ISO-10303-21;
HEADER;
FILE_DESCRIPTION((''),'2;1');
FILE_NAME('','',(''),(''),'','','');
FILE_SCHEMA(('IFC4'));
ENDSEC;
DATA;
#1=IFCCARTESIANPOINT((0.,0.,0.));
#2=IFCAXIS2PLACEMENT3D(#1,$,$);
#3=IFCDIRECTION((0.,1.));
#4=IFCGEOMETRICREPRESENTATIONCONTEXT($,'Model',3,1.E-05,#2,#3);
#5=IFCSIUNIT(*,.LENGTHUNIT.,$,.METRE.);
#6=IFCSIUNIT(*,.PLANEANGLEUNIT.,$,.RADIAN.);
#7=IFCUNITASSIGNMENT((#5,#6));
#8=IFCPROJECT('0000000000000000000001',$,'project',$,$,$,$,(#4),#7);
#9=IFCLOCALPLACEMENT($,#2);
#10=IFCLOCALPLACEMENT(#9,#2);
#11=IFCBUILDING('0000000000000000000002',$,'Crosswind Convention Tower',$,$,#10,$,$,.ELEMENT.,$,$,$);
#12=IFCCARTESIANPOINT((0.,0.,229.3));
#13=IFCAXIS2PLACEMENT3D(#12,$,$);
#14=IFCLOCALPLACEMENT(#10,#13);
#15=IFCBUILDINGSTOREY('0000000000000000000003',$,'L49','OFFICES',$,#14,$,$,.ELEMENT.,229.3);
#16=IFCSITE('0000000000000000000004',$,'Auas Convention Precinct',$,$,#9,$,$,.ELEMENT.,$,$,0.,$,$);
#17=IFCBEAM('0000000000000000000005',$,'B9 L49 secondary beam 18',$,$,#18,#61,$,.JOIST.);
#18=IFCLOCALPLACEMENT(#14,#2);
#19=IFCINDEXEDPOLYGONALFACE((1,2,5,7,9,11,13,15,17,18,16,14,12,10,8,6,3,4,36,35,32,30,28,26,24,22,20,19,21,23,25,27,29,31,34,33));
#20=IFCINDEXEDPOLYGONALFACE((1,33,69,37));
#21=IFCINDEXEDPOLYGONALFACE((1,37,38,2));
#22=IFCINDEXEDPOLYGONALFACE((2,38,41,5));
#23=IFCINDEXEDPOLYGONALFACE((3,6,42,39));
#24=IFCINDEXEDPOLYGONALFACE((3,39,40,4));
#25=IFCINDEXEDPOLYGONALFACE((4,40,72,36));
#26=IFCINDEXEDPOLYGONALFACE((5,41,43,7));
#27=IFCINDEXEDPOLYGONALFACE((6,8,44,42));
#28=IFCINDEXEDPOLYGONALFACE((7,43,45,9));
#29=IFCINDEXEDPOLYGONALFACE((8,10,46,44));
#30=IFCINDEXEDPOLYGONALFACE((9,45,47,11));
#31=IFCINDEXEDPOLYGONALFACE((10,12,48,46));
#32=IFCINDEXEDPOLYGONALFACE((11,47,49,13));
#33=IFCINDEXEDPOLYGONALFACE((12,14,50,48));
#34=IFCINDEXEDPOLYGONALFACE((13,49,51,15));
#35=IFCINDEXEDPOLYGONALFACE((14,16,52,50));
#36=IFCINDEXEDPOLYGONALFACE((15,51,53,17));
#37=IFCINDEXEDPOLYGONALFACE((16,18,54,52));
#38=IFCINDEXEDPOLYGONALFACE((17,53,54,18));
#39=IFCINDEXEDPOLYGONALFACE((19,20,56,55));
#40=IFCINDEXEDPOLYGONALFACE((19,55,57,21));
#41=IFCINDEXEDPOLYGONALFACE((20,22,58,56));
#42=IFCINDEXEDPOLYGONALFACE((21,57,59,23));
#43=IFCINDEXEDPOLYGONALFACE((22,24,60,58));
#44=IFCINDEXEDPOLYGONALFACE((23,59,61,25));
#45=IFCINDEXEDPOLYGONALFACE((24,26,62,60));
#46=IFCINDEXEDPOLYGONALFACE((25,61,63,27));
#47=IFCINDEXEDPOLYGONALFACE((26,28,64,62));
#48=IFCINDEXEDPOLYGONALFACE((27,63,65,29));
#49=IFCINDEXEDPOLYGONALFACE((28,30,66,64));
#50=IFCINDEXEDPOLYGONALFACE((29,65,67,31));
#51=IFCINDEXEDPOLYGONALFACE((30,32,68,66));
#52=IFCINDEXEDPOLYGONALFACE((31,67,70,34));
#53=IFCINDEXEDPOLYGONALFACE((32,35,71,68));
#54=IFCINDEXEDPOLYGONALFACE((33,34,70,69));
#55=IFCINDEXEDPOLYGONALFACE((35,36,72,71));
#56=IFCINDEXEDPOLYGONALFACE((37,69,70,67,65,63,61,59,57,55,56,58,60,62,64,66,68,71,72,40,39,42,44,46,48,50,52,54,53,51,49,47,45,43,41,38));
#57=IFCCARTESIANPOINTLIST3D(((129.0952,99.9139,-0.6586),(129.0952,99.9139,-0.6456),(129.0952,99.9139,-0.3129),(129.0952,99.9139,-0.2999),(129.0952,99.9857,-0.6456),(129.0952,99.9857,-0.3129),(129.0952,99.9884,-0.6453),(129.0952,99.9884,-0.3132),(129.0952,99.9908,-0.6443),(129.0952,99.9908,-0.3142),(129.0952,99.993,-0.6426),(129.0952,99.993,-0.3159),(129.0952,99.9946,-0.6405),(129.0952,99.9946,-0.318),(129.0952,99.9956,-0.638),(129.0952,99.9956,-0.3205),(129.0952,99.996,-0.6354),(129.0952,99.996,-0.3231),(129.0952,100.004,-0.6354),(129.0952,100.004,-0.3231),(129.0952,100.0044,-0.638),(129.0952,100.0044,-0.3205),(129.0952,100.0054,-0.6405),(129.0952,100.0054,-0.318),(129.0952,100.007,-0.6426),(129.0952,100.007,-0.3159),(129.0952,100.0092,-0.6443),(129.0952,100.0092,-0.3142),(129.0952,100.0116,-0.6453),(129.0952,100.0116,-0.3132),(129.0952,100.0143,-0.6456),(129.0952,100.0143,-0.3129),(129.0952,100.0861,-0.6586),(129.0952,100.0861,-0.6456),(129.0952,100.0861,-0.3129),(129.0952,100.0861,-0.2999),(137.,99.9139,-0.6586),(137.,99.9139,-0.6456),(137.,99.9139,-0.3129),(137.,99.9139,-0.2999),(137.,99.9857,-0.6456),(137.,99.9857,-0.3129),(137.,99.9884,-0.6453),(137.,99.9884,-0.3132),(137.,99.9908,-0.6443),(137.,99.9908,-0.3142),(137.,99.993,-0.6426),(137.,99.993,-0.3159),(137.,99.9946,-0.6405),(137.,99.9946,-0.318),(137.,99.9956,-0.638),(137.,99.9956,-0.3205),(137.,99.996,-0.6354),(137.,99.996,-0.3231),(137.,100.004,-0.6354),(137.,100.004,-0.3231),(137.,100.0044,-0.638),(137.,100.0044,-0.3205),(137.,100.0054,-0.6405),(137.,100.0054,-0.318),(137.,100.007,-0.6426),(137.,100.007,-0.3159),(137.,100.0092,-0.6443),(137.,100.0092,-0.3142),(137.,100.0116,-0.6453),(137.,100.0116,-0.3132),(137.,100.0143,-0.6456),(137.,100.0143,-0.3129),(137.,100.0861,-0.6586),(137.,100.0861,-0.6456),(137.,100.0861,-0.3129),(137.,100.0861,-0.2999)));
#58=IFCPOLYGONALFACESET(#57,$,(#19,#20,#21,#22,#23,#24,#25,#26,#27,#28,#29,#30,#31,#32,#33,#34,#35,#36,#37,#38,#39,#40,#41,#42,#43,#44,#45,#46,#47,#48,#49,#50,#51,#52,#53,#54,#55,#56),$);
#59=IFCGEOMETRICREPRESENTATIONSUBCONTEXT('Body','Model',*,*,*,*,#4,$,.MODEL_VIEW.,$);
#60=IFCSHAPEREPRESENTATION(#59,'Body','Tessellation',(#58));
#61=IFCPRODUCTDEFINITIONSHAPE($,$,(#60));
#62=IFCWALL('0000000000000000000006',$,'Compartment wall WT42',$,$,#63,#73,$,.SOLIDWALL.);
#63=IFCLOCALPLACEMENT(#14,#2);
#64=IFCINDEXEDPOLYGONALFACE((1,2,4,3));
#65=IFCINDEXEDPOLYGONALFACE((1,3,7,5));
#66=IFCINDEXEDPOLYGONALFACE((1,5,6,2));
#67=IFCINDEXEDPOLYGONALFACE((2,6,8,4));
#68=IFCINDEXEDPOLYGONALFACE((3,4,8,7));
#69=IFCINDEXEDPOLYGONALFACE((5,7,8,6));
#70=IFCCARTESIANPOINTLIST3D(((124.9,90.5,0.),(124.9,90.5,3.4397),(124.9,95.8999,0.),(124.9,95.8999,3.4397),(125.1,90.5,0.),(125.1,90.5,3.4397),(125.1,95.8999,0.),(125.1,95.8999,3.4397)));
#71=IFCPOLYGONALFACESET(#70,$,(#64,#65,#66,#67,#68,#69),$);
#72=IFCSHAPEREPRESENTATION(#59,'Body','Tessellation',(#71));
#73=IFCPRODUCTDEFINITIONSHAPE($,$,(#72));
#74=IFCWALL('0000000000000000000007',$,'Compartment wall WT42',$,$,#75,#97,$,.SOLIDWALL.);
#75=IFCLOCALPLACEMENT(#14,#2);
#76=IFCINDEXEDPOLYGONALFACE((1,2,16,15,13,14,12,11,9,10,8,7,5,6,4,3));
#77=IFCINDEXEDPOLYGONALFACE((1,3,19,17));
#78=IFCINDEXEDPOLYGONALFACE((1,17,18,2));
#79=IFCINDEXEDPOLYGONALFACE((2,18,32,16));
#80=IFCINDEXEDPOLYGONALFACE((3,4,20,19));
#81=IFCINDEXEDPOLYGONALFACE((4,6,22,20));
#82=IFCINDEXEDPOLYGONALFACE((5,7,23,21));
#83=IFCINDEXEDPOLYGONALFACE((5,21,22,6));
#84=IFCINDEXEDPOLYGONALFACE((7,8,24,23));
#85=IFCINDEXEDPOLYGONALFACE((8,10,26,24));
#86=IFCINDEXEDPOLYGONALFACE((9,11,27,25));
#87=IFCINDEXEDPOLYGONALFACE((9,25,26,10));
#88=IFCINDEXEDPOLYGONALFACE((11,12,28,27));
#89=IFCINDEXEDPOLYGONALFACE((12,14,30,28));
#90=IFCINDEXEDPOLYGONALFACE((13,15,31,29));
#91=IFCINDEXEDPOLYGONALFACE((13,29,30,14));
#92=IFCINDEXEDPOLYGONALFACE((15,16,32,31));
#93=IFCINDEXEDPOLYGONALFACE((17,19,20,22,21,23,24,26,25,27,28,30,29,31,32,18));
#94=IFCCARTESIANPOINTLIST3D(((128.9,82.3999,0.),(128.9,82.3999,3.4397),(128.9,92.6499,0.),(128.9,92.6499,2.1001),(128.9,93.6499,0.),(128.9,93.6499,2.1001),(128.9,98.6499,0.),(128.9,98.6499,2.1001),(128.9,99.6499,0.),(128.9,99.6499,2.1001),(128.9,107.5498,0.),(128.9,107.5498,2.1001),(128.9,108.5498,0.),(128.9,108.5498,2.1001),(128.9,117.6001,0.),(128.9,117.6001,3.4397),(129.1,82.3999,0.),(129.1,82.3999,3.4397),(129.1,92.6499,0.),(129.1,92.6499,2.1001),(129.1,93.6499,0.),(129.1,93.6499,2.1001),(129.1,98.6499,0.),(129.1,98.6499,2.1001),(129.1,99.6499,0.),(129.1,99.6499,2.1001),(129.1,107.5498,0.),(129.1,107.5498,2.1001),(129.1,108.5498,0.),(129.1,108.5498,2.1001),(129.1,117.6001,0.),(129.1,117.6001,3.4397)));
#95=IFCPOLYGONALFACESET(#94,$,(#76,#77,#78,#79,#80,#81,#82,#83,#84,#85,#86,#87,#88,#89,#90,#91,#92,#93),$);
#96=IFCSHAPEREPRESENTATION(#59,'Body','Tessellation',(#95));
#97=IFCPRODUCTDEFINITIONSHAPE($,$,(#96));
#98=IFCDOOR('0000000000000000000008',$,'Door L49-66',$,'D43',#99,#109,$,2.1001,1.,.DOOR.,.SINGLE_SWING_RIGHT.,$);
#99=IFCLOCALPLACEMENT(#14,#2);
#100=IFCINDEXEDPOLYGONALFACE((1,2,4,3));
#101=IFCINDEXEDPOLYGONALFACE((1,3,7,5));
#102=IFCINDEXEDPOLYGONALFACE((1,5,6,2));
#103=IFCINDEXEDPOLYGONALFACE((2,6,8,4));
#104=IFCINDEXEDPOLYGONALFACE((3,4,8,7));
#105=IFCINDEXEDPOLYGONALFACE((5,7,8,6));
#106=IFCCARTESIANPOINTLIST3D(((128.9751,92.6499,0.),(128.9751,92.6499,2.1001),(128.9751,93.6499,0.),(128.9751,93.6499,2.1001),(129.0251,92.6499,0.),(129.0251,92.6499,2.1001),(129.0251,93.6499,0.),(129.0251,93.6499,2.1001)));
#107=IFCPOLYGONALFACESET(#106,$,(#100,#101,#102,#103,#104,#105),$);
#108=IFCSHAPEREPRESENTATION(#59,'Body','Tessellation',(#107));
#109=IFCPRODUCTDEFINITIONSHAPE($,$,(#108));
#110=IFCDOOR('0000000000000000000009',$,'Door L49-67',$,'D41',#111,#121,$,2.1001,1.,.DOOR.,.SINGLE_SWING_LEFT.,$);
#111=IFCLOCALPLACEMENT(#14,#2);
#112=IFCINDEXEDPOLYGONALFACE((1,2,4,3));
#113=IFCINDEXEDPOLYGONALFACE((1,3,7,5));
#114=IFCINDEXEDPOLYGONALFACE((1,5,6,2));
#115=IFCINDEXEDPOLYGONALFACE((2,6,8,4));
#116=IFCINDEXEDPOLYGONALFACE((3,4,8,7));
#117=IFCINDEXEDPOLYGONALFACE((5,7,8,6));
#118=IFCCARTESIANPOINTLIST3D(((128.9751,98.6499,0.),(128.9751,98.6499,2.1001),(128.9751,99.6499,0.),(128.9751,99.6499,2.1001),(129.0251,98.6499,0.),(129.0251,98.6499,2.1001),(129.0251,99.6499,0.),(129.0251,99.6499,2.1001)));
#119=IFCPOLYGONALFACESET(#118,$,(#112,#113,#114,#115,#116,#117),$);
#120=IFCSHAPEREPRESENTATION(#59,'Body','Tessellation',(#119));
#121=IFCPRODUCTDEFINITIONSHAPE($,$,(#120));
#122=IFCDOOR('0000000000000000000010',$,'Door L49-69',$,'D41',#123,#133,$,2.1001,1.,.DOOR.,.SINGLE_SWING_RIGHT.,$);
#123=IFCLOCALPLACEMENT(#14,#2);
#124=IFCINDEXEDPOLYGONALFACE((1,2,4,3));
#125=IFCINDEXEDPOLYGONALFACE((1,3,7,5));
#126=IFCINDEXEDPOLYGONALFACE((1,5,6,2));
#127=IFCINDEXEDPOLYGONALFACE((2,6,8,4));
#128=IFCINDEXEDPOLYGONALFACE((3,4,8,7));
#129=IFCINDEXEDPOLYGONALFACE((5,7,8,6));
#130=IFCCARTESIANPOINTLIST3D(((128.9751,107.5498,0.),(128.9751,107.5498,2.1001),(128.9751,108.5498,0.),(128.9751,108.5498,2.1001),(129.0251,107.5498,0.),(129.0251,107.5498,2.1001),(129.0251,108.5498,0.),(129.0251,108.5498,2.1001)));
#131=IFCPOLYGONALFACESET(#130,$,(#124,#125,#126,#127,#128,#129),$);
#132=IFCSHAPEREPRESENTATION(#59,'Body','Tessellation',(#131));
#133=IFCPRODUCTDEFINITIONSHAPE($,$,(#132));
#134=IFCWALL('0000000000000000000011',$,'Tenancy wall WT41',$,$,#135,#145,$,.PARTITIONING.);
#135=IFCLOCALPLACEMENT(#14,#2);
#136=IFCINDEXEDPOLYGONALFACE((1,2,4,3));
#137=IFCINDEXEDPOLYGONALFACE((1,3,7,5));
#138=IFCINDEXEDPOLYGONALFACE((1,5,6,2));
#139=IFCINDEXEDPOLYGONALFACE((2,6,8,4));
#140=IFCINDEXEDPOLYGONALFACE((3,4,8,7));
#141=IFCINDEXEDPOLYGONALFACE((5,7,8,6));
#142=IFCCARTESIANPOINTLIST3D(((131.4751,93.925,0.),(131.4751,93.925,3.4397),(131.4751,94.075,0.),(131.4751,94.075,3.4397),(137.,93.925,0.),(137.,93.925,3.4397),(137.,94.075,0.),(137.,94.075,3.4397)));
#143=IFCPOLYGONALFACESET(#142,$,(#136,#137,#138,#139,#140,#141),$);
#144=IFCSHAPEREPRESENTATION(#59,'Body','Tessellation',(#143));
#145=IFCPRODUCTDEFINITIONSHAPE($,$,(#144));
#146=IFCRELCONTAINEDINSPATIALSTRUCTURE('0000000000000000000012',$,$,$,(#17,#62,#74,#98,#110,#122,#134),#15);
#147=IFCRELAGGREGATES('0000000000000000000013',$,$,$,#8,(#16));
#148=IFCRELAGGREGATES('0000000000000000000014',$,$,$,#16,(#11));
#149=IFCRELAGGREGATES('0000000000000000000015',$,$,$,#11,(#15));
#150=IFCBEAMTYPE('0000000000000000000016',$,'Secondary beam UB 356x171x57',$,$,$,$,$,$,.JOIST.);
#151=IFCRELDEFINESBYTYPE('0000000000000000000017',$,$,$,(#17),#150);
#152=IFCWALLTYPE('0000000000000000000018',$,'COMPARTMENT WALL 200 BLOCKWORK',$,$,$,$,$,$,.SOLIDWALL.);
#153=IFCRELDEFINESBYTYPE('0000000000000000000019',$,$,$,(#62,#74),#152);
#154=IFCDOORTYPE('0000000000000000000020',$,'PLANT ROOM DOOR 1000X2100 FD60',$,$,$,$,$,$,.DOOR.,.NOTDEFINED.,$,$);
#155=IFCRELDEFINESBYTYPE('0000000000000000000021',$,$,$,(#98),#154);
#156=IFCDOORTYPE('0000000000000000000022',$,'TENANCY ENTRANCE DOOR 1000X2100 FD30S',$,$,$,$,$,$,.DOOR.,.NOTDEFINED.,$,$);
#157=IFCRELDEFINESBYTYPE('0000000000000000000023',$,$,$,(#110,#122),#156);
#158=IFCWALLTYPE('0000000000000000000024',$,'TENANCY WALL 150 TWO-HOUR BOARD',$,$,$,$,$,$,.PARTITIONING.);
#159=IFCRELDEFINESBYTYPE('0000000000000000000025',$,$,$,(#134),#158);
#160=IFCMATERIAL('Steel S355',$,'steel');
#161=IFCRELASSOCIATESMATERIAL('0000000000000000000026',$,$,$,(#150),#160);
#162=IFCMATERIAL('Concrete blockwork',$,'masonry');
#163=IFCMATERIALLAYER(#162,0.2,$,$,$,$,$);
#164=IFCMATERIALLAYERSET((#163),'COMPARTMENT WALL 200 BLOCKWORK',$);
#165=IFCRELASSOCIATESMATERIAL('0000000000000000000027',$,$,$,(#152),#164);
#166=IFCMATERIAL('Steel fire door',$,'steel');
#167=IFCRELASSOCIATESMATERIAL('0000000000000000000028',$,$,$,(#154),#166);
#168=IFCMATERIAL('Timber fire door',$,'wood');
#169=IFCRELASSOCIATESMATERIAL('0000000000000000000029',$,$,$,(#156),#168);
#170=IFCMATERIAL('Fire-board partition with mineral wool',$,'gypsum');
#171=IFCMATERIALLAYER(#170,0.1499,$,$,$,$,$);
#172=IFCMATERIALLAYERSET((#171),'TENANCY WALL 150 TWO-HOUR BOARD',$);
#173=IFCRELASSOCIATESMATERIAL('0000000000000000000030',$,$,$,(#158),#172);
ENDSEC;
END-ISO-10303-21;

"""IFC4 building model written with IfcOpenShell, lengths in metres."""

from ifc_helpers import new_model, si_unit, direction, frame, frame_2d, origin, origin_2d, place, context, subcontext, project, spatial, rectangle, i_section, extrude, material, layer, layer_set, material_profile, profile_set, type_object, element, fill, save


model = new_model("IFC4")

# Units and contexts
model_context = context("Model", 3, precision=1e-05, world=origin(), true_north=direction((0.0, 1.0)))
body_context = subcontext(model_context, "Body", "Model", "MODEL_VIEW")
ifc_project = project(units=[si_unit("LENGTHUNIT", "METRE"), si_unit("PLANEANGLEUNIT", "RADIAN")], contexts=[model_context])

# Site, building, storey
site_placement = place(None, origin())
site = spatial("IfcSite", under=ifc_project, at=site_placement, Name="Auas Convention Precinct", CompositionType="ELEMENT", RefElevation=0.0)
building_placement = place(site_placement, origin())
building = spatial("IfcBuilding", under=site, at=building_placement, Name="Crosswind Convention Tower", CompositionType="ELEMENT")
storey_placement = place(building_placement, frame((0.0, 0.0, 229.3)))
storey = spatial("IfcBuildingStorey", under=building, at=storey_placement, Name="L49", Description="OFFICES", CompositionType="ELEMENT", Elevation=229.3)

# Beam
ifc_material_1 = material(Name="Steel S355", Category="steel")
ifc_material_profile_1 = material_profile(ifc_material_1, i_section(OverallWidth=0.1721, OverallDepth=0.3586, WebThickness=0.0081, FlangeThickness=0.0129, FilletRadius=0.0103, at=origin_2d()), Name="UB 356x171x57")
ifc_profile_set_1 = profile_set([ifc_material_profile_1], Name="Steel S355")
beam_type_1 = type_object("IfcBeamType", Name="Secondary beam UB 356x171x57", PredefinedType="JOIST", material=ifc_profile_set_1)
for number, where, z_axis, x_axis, name in (
    (1, (129.0952, 100.0, -0.4792), (1.0, 0.0, 0.0), (0.0, 1.0, 0.0), "B9 L49 secondary beam 18"),
):
    element("IfcBeam", number, at=place(storey_placement, frame(where, z_axis=z_axis, x_axis=x_axis)), inside=storey, type_object=beam_type_1, Name=name, PredefinedType="JOIST", context=body_context, shape_type="SweptSolid", body=[
        extrude(i_section(OverallWidth=0.1721, OverallDepth=0.3586, WebThickness=0.0081, FlangeThickness=0.0129, FilletRadius=0.0103, at=origin_2d()), origin(), (0.0, 0.0, 1.0), 7.9048),
    ])

# Wall
ifc_material_2 = material(Name="Concrete blockwork", Category="masonry")
ifc_layer_1 = layer(ifc_material_2, 0.2)
ifc_layer_set_1 = layer_set([ifc_layer_1], Name="COMPARTMENT WALL 200 BLOCKWORK")
wall_type_1 = type_object("IfcWallType", Name="COMPARTMENT WALL 200 BLOCKWORK", PredefinedType="SOLIDWALL", material=ifc_layer_set_1)
wall_1_placement = place(storey_placement, frame((125.0, 90.5, 0.0), z_axis=(0.0, 0.0, 1.0), x_axis=(0.0, 1.0, 0.0)))
element("IfcWall", 2, at=wall_1_placement, inside=storey, type_object=wall_type_1, Name="Compartment wall WT42", PredefinedType="SOLIDWALL", context=body_context, shape_type="SweptSolid", body=[
    extrude(rectangle(XDim=5.3999, YDim=0.2, at=frame_2d((2.7, 0.0))), origin(), (0.0, 0.0, 1.0), 3.4397),
])

# Wall, openings, doors
wall_2_placement = place(storey_placement, frame((129.0, 82.3999, 0.0), z_axis=(0.0, 0.0, 1.0), x_axis=(0.0, 1.0, 0.0)))
wall_2 = element("IfcWall", 3, at=wall_2_placement, inside=storey, type_object=wall_type_1, Name="Compartment wall WT42", PredefinedType="SOLIDWALL", context=body_context, shape_type="SweptSolid", body=[
    extrude(rectangle(XDim=35.2002, YDim=0.2, at=frame_2d((17.6001, 0.0))), origin(), (0.0, 0.0, 1.0), 3.4397),
])
opening_1_placement = place(wall_2_placement, frame((10.25, 0.0, 0.0)))
opening_1 = element("IfcOpeningElement", 4, at=opening_1_placement, cuts=wall_2, PredefinedType="OPENING", context=body_context, shape_type="SweptSolid", body=[
    extrude(rectangle(XDim=1.0, YDim=2.1001, at=frame_2d((0.5, 1.05))), frame((0.0, 0.1099, 0.0), z_axis=(0.0, -1.0, 0.0), x_axis=(1.0, 0.0, 0.0)), (0.0, 0.0, 1.0), 0.22),
])
opening_2_placement = place(wall_2_placement, frame((16.25, 0.0, 0.0)))
opening_2 = element("IfcOpeningElement", 5, at=opening_2_placement, cuts=wall_2, PredefinedType="OPENING", context=body_context, shape_type="SweptSolid", body=[
    extrude(rectangle(XDim=1.0, YDim=2.1001, at=frame_2d((0.5, 1.05))), frame((0.0, 0.1099, 0.0), z_axis=(0.0, -1.0, 0.0), x_axis=(1.0, 0.0, 0.0)), (0.0, 0.0, 1.0), 0.22),
])
opening_3_placement = place(wall_2_placement, frame((25.1499, 0.0, 0.0)))
opening_3 = element("IfcOpeningElement", 6, at=opening_3_placement, cuts=wall_2, PredefinedType="OPENING", context=body_context, shape_type="SweptSolid", body=[
    extrude(rectangle(XDim=1.0, YDim=2.1001, at=frame_2d((0.5, 1.05))), frame((0.0, 0.1099, 0.0), z_axis=(0.0, -1.0, 0.0), x_axis=(1.0, 0.0, 0.0)), (0.0, 0.0, 1.0), 0.22),
])
ifc_material_3 = material(Name="Steel fire door", Category="steel")
door_type_1 = type_object("IfcDoorType", Name="PLANT ROOM DOOR 1000X2100 FD60", OperationType="NOTDEFINED", PredefinedType="DOOR", material=ifc_material_3)
door_1_placement = place(opening_1_placement, origin())
door_1 = element("IfcDoor", 7, at=door_1_placement, inside=storey, type_object=door_type_1, Name="Door L49-66", ObjectType="D43", OperationType="SINGLE_SWING_RIGHT", OverallHeight=2.1001, OverallWidth=1.0, PredefinedType="DOOR", context=body_context, shape_type="SweptSolid", body=[
    extrude(rectangle(XDim=1.0, YDim=2.1001, at=frame_2d((0.5, 1.05))), frame((0.0, 0.0249, 0.0), z_axis=(0.0, -1.0, 0.0), x_axis=(1.0, 0.0, 0.0)), (0.0, 0.0, 1.0), 0.05),
])
fill(opening_1, door_1)
ifc_material_4 = material(Name="Timber fire door", Category="wood")
door_type_2 = type_object("IfcDoorType", Name="TENANCY ENTRANCE DOOR 1000X2100 FD30S", OperationType="NOTDEFINED", PredefinedType="DOOR", material=ifc_material_4)
door_2_placement = place(opening_2_placement, origin())
door_2 = element("IfcDoor", 8, at=door_2_placement, inside=storey, type_object=door_type_2, Name="Door L49-67", ObjectType="D41", OperationType="SINGLE_SWING_LEFT", OverallHeight=2.1001, OverallWidth=1.0, PredefinedType="DOOR", context=body_context, shape_type="SweptSolid", body=[
    extrude(rectangle(XDim=1.0, YDim=2.1001, at=frame_2d((0.5, 1.05))), frame((0.0, 0.0249, 0.0), z_axis=(0.0, -1.0, 0.0), x_axis=(1.0, 0.0, 0.0)), (0.0, 0.0, 1.0), 0.05),
])
fill(opening_2, door_2)
door_3_placement = place(opening_3_placement, origin())
door_3 = element("IfcDoor", 9, at=door_3_placement, inside=storey, type_object=door_type_2, Name="Door L49-69", ObjectType="D41", OperationType="SINGLE_SWING_RIGHT", OverallHeight=2.1001, OverallWidth=1.0, PredefinedType="DOOR", context=body_context, shape_type="SweptSolid", body=[
    extrude(rectangle(XDim=1.0, YDim=2.1001, at=frame_2d((0.5, 1.05))), frame((0.0, 0.0249, 0.0), z_axis=(0.0, -1.0, 0.0), x_axis=(1.0, 0.0, 0.0)), (0.0, 0.0, 1.0), 0.05),
])
fill(opening_3, door_3)

# Wall
ifc_material_5 = material(Name="Fire-board partition with mineral wool", Category="gypsum")
ifc_layer_2 = layer(ifc_material_5, 0.1499)
ifc_layer_set_2 = layer_set([ifc_layer_2], Name="TENANCY WALL 150 TWO-HOUR BOARD")
wall_type_2 = type_object("IfcWallType", Name="TENANCY WALL 150 TWO-HOUR BOARD", PredefinedType="PARTITIONING", material=ifc_layer_set_2)
wall_3_placement = place(storey_placement, frame((131.4751, 94.0, 0.0), z_axis=(0.0, 0.0, 1.0), x_axis=(1.0, 0.0, 0.0)))
element("IfcWall", 10, at=wall_3_placement, inside=storey, type_object=wall_type_2, Name="Tenancy wall WT41", PredefinedType="PARTITIONING", context=body_context, shape_type="SweptSolid", body=[
    extrude(rectangle(XDim=5.5249, YDim=0.1499, at=frame_2d((2.7625, 0.0))), origin(), (0.0, 0.0, 1.0), 3.4397),
])

save(model, "model.ifc")
